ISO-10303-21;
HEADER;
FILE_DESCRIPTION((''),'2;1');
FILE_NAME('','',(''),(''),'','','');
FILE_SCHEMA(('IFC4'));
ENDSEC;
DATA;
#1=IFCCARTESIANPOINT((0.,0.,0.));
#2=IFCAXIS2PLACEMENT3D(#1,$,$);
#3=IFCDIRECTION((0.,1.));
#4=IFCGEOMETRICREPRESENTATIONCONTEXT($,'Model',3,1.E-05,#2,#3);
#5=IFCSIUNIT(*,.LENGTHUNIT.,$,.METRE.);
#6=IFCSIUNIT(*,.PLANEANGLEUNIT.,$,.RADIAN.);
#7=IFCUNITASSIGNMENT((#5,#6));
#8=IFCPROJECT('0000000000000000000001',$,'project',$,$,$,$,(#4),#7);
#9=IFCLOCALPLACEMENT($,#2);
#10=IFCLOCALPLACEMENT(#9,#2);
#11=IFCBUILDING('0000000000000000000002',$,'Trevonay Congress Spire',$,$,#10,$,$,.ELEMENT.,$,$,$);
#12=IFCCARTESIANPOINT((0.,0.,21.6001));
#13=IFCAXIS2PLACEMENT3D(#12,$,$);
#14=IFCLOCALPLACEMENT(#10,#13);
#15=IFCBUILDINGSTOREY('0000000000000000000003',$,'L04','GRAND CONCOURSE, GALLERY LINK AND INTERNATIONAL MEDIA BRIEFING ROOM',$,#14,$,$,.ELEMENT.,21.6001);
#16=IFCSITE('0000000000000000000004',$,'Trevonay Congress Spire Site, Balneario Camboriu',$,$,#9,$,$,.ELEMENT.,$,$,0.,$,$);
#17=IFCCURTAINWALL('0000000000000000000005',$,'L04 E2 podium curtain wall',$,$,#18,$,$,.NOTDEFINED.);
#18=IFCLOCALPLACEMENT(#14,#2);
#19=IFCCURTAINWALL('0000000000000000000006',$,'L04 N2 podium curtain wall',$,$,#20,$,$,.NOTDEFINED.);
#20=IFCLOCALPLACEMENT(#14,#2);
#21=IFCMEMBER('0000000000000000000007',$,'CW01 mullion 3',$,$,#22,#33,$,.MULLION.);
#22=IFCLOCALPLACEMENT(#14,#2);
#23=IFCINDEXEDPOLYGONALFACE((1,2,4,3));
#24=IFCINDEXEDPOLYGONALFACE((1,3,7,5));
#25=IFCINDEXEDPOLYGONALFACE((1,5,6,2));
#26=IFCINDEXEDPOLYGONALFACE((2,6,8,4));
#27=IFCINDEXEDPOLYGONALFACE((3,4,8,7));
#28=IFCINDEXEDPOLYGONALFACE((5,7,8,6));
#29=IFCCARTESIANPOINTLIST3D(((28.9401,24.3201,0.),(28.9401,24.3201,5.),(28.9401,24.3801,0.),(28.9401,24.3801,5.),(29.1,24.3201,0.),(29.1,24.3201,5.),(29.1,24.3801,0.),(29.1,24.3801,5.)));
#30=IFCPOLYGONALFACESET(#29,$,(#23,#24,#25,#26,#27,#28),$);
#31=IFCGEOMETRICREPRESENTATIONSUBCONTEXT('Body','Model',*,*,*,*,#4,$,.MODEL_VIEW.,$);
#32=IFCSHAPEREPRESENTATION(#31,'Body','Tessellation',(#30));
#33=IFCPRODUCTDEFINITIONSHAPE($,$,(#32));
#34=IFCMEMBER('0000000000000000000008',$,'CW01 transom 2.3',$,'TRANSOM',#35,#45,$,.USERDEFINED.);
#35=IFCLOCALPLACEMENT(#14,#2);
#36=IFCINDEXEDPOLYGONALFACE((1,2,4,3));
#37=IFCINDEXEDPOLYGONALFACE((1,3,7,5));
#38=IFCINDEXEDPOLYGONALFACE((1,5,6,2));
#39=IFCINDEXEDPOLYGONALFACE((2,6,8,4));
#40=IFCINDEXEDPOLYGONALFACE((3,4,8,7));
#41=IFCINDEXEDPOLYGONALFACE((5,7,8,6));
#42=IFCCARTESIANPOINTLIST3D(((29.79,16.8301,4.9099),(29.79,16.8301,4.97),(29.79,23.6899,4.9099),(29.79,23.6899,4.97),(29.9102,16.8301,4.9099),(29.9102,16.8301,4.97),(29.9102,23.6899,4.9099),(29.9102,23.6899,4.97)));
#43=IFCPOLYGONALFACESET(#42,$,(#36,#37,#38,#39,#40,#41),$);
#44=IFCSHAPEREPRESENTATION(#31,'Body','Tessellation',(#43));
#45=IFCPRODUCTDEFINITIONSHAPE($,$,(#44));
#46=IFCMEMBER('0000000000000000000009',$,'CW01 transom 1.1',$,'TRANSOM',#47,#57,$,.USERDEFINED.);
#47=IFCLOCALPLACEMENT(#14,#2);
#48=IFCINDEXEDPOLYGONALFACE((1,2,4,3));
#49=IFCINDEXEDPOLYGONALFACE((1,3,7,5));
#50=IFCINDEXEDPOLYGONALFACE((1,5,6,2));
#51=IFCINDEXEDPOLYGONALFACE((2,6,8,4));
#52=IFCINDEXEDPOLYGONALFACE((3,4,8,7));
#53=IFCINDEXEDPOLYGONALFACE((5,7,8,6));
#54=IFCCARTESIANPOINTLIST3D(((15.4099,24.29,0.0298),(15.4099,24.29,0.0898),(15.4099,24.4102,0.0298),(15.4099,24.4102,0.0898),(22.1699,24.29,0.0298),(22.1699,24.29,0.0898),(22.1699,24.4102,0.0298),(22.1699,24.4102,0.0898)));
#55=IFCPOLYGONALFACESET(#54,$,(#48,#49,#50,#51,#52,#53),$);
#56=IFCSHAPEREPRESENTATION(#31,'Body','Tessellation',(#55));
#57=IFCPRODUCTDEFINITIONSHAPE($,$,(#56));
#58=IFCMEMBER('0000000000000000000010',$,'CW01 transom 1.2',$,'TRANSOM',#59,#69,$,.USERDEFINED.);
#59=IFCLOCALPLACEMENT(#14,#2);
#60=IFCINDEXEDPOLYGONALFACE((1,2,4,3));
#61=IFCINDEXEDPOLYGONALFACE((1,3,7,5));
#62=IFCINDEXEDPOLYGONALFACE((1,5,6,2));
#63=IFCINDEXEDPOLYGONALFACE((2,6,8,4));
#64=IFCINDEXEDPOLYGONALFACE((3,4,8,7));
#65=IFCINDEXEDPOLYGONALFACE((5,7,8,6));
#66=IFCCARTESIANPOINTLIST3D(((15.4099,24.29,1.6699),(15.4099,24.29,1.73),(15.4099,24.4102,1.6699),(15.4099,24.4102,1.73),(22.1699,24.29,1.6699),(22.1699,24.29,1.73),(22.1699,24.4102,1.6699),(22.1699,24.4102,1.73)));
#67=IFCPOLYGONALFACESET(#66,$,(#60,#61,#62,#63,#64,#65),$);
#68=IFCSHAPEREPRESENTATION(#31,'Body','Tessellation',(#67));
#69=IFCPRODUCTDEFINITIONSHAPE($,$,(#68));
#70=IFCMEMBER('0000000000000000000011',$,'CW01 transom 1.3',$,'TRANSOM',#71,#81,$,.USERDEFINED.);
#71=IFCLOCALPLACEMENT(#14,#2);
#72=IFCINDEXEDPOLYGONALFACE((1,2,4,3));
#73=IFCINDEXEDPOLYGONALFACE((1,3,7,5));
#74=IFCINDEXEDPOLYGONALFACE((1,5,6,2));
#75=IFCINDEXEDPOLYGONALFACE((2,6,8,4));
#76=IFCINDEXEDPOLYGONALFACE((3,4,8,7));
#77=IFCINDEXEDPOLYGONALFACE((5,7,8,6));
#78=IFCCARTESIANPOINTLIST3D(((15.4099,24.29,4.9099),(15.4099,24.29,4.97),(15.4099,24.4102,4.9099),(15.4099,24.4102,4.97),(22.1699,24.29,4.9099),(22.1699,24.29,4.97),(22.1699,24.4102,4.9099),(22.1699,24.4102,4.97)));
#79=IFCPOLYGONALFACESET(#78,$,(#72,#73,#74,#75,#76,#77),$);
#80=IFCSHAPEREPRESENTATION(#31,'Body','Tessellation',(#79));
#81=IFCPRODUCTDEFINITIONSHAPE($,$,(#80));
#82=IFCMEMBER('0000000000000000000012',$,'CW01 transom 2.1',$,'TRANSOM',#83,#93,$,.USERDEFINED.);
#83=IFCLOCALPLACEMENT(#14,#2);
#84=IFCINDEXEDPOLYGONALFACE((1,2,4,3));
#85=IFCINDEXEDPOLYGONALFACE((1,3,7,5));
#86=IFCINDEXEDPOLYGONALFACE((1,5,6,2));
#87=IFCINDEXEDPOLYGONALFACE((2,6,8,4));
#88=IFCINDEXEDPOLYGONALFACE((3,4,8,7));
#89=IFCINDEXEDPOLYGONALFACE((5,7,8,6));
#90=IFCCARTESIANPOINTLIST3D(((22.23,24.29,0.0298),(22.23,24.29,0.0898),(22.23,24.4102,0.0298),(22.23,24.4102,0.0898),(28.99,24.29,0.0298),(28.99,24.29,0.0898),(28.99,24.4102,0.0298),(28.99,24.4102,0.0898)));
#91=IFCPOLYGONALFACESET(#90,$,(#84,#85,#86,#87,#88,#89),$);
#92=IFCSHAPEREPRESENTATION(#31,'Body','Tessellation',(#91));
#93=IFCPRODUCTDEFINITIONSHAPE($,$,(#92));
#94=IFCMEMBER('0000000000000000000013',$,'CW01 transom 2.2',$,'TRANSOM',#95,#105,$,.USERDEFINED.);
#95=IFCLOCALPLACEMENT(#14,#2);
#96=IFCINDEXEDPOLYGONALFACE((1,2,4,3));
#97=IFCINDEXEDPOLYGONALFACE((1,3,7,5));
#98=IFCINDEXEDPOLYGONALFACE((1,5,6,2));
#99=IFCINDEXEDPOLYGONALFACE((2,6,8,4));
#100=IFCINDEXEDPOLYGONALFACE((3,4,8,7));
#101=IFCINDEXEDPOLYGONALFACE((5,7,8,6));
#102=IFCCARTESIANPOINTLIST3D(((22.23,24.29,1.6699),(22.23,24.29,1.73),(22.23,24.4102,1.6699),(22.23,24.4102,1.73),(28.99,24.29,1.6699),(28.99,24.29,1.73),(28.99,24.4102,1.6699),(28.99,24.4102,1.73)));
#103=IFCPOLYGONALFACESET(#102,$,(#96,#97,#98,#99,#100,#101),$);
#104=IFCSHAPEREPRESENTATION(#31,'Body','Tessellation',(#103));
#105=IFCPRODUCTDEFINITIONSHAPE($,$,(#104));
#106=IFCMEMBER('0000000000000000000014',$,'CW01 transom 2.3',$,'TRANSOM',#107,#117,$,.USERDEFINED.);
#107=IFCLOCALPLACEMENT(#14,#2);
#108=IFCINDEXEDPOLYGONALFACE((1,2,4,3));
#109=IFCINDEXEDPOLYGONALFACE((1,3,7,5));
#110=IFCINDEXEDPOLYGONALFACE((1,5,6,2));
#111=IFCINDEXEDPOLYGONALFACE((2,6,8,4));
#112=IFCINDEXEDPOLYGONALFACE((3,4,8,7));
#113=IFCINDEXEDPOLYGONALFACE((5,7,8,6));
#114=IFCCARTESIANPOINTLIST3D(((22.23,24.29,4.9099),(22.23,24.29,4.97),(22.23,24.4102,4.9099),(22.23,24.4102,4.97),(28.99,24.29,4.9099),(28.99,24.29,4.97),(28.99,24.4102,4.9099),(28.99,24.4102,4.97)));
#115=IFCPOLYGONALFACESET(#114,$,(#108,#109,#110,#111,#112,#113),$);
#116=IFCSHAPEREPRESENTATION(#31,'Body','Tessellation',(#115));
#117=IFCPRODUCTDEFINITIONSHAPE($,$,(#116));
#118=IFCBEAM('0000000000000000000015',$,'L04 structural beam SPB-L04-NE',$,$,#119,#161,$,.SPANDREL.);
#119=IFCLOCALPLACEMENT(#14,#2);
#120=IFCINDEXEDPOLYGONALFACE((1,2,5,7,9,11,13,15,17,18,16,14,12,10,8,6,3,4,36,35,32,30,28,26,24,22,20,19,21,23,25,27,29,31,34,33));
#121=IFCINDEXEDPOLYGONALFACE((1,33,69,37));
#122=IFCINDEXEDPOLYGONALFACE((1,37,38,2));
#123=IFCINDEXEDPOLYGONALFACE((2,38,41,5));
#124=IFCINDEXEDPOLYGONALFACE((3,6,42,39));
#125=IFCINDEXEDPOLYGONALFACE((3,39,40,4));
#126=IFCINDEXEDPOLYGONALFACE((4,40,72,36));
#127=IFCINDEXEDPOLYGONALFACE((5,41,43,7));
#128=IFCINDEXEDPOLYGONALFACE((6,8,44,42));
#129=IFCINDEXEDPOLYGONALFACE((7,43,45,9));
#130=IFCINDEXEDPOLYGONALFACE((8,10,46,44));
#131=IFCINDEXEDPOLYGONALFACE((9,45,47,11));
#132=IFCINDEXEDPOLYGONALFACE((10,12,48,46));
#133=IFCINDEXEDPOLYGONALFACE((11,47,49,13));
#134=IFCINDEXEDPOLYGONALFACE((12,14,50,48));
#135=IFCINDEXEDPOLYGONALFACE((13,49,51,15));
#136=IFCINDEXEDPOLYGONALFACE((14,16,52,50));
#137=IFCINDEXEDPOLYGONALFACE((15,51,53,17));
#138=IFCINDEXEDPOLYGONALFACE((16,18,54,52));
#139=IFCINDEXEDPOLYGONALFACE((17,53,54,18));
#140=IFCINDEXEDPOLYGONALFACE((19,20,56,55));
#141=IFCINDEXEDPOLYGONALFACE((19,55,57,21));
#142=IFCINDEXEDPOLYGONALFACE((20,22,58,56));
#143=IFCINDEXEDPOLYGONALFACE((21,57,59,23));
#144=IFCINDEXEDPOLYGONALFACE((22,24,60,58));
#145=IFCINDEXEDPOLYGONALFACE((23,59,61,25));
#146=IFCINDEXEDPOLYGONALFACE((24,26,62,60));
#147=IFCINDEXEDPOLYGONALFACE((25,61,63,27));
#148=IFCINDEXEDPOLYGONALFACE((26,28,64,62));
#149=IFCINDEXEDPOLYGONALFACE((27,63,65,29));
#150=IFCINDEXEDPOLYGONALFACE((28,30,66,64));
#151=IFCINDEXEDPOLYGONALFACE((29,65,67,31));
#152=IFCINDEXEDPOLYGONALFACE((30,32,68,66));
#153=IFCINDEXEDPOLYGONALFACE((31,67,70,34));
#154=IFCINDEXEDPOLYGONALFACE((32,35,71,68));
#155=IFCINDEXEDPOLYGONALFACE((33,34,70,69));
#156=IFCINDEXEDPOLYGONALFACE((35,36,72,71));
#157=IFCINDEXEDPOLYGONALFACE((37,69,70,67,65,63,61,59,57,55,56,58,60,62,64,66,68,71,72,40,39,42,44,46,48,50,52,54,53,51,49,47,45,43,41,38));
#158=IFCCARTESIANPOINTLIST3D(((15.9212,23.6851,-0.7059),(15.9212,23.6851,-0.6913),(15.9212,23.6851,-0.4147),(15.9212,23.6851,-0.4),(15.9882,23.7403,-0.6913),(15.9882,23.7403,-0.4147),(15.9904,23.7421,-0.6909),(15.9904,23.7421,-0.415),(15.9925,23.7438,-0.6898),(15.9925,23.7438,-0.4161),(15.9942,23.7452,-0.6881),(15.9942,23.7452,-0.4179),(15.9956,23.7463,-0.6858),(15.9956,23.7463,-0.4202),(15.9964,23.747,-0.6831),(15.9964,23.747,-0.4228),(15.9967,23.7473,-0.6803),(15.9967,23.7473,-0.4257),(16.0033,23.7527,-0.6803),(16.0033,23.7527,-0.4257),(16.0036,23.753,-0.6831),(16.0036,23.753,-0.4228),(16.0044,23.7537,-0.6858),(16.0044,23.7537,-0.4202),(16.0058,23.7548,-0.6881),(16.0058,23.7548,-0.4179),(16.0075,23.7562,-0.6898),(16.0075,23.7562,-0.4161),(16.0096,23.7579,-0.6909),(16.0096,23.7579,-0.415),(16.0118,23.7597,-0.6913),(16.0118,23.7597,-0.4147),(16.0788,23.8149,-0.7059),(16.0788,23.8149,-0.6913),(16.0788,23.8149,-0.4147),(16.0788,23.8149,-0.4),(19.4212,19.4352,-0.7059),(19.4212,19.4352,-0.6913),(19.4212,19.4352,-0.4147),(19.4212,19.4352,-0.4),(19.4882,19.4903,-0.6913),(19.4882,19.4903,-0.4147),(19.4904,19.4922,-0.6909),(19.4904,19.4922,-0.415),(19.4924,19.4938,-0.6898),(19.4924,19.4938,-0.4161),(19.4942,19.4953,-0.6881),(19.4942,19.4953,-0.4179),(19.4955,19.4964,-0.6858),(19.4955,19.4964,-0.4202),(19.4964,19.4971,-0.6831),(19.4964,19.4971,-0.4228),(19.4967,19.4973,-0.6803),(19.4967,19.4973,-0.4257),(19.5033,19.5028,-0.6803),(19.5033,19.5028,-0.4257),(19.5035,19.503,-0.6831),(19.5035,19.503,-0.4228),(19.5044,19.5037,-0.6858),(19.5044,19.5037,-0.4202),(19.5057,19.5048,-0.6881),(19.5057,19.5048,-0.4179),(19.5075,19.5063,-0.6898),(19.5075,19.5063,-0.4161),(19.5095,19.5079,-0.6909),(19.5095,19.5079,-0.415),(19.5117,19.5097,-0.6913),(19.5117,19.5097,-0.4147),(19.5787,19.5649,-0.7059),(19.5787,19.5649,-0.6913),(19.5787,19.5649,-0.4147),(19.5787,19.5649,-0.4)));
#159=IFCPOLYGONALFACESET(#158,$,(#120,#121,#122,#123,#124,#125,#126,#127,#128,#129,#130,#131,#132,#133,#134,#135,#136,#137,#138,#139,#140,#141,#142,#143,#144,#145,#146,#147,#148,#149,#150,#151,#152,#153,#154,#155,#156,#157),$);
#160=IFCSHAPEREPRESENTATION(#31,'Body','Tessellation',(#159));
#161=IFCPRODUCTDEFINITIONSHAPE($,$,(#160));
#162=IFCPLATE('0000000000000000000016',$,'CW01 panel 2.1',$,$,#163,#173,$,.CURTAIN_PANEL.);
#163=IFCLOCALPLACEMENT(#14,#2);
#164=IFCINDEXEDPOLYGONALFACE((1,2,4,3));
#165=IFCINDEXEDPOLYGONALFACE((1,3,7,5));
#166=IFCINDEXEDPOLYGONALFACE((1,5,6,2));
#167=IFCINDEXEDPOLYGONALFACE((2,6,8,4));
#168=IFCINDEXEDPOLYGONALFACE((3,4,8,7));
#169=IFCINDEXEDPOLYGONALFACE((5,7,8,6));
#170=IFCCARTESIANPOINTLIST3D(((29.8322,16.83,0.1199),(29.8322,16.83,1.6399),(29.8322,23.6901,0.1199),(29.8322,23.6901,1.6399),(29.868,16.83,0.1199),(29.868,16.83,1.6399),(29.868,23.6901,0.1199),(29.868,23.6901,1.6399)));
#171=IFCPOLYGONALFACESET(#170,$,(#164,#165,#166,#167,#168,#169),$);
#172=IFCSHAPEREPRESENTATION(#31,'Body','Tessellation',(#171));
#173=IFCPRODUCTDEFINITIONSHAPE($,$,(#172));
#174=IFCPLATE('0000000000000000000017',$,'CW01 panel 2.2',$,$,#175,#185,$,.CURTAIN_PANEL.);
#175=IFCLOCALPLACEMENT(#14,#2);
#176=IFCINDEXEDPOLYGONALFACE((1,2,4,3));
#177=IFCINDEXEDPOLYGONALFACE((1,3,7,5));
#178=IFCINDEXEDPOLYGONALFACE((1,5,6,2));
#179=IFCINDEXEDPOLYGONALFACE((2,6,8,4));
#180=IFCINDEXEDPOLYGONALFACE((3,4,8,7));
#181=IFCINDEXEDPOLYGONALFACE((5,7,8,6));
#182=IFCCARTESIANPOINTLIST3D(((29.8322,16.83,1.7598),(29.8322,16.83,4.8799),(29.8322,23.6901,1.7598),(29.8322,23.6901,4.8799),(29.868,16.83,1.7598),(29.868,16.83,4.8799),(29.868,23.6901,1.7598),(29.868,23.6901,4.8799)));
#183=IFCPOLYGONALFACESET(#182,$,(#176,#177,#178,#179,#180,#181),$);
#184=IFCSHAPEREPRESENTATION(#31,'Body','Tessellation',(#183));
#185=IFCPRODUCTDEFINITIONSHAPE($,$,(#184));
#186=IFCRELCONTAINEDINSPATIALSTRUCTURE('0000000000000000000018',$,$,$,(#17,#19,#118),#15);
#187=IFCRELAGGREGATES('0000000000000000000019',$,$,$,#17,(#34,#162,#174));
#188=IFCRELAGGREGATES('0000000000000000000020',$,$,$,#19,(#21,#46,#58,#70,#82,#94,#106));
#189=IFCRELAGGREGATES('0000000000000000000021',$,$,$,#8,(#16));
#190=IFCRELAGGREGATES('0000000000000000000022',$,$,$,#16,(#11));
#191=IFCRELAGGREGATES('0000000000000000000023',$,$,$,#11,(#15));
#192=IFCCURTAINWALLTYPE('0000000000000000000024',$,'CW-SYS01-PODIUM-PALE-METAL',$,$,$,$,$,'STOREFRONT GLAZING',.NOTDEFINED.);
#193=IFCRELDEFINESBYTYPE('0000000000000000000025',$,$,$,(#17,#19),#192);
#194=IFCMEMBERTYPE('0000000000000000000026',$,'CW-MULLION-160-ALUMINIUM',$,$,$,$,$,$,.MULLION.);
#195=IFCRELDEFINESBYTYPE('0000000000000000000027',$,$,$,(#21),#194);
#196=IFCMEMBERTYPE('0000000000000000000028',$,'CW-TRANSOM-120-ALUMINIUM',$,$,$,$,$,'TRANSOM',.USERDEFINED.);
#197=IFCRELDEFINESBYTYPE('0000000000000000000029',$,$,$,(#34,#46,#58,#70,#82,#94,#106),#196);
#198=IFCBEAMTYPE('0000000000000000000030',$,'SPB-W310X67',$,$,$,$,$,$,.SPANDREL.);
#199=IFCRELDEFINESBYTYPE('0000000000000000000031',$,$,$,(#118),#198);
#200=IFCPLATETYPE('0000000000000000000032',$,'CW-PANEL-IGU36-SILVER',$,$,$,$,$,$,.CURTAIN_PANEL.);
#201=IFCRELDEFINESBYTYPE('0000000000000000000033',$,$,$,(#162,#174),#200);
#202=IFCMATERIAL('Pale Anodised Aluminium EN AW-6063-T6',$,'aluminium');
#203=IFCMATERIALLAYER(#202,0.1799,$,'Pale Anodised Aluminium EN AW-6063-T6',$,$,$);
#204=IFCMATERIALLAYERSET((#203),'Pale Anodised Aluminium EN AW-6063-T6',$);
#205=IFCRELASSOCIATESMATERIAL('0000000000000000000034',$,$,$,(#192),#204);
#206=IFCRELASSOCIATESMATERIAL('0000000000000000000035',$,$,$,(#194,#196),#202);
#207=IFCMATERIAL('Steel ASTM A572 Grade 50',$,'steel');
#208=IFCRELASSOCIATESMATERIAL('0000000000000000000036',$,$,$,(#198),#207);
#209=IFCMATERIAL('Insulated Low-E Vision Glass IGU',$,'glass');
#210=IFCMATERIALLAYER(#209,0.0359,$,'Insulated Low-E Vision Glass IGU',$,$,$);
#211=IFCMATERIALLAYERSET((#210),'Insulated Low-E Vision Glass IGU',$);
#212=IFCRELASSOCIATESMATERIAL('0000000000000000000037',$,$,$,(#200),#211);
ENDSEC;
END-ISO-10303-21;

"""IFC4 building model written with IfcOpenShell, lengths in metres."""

from ifc_helpers import new_model, si_unit, direction, frame, origin, origin_2d, place, context, subcontext, project, spatial, rectangle, i_section, extrude, material, layer, layer_set, material_profile, profile_set, type_object, element, aggregate, save


model = new_model("IFC4")

# Units and contexts
model_context = context("Model", 3, precision=1e-05, world=origin(), true_north=direction((0.0, 1.0)))
body_context = subcontext(model_context, "Body", "Model", "MODEL_VIEW")
ifc_project = project(units=[si_unit("LENGTHUNIT", "METRE"), si_unit("PLANEANGLEUNIT", "RADIAN")], contexts=[model_context])

# Site, building, storey
site_placement = place(None, origin())
site = spatial("IfcSite", under=ifc_project, at=site_placement, Name="Trevonay Congress Spire Site, Balneario Camboriu", CompositionType="ELEMENT", RefElevation=0.0)
building_placement = place(site_placement, origin())
building = spatial("IfcBuilding", under=site, at=building_placement, Name="Trevonay Congress Spire", CompositionType="ELEMENT")
storey_placement = place(building_placement, frame((0.0, 0.0, 21.6001)))
storey = spatial("IfcBuildingStorey", under=building, at=storey_placement, Name="L04", Description="GRAND CONCOURSE, GALLERY LINK AND INTERNATIONAL MEDIA BRIEFING ROOM", CompositionType="ELEMENT", Elevation=21.6001)

# Shared definitions
ifc_material_1 = material(Name="Steel ASTM A572 Grade 50", Category="steel")

# Curtain wall
ifc_material_2 = material(Name="Pale Anodised Aluminium EN AW-6063-T6", Category="aluminium")
ifc_layer_1 = layer(ifc_material_2, 0.1799, Name="Pale Anodised Aluminium EN AW-6063-T6")
ifc_layer_set_1 = layer_set([ifc_layer_1], Name="Pale Anodised Aluminium EN AW-6063-T6")
curtain_wall_type = type_object("IfcCurtainWallType", Name="CW-SYS01-PODIUM-PALE-METAL", ElementType="STOREFRONT GLAZING", PredefinedType="NOTDEFINED", material=ifc_layer_set_1)
curtain_wall_1_placement = place(storey_placement, origin())
curtain_wall_1 = element("IfcCurtainWall", 1, at=curtain_wall_1_placement, inside=storey, type_object=curtain_wall_type, Name="L04 E2 podium curtain wall", PredefinedType="NOTDEFINED")
ifc_material_profile_1 = material_profile(ifc_material_2, rectangle(XDim=0.0601, YDim=0.1599, at=origin_2d()), Name="CW-MULLION-160-ALUMINIUM")
ifc_profile_set_1 = profile_set([ifc_material_profile_1], Name="Pale Anodised Aluminium EN AW-6063-T6")
member_type_1 = type_object("IfcMemberType", Name="CW-MULLION-160-ALUMINIUM", PredefinedType="MULLION", material=ifc_profile_set_1)

# Curtain wall, member
curtain_wall_2_placement = place(storey_placement, origin())
curtain_wall_2 = element("IfcCurtainWall", 2, at=curtain_wall_2_placement, inside=storey, type_object=curtain_wall_type, Name="L04 N2 podium curtain wall", PredefinedType="NOTDEFINED")
member_1_placement = place(storey_placement, frame((29.02, 24.3501, 0.0), z_axis=(0.0, 0.0, 1.0), x_axis=(0.0, 1.0, 0.0)))
member_1 = element("IfcMember", 3, at=member_1_placement, type_object=member_type_1, Name="CW01 mullion 3", PredefinedType="MULLION", context=body_context, shape_type="SweptSolid", body=[
    extrude(rectangle(XDim=0.0601, YDim=0.1599, at=origin_2d()), origin(), (0.0, 0.0, 1.0), 5.0),
])

# Members
ifc_material_profile_2 = material_profile(ifc_material_2, rectangle(XDim=0.1201, YDim=0.0601, at=origin_2d()), Name="CW-TRANSOM-120-ALUMINIUM")
ifc_profile_set_2 = profile_set([ifc_material_profile_2], Name="Pale Anodised Aluminium EN AW-6063-T6")
member_type_2 = type_object("IfcMemberType", Name="CW-TRANSOM-120-ALUMINIUM", ElementType="TRANSOM", PredefinedType="USERDEFINED", material=ifc_profile_set_2)
member_2_placement = place(storey_placement, frame((29.8501, 16.8301, 4.9399), z_axis=(0.0, 1.0, 0.0), x_axis=(-1.0, 0.0, 0.0)))
member_2 = element("IfcMember", 4, at=member_2_placement, type_object=member_type_2, Name="CW01 transom 2.3", ObjectType="TRANSOM", PredefinedType="USERDEFINED", context=body_context, shape_type="SweptSolid", body=[
    extrude(rectangle(XDim=0.1201, YDim=0.0601, at=origin_2d()), origin(), (0.0, 0.0, 1.0), 6.8599),
])
member_3_placement = place(storey_placement, frame((15.4099, 24.3501, 0.0598), z_axis=(1.0, 0.0, 0.0), x_axis=(0.0, 1.0, 0.0)))
member_3 = element("IfcMember", 5, at=member_3_placement, type_object=member_type_2, Name="CW01 transom 1.1", ObjectType="TRANSOM", PredefinedType="USERDEFINED", context=body_context, shape_type="SweptSolid", body=[
    extrude(rectangle(XDim=0.1201, YDim=0.0601, at=origin_2d()), origin(), (0.0, 0.0, 1.0), 6.76),
])
member_4_placement = place(storey_placement, frame((15.4099, 24.3501, 1.7), z_axis=(1.0, 0.0, 0.0), x_axis=(0.0, 1.0, 0.0)))
member_4 = element("IfcMember", 6, at=member_4_placement, type_object=member_type_2, Name="CW01 transom 1.2", ObjectType="TRANSOM", PredefinedType="USERDEFINED", context=body_context, shape_type="SweptSolid", body=[
    extrude(rectangle(XDim=0.1201, YDim=0.0601, at=origin_2d()), origin(), (0.0, 0.0, 1.0), 6.76),
])
member_5_placement = place(storey_placement, frame((15.4099, 24.3501, 4.9399), z_axis=(1.0, 0.0, 0.0), x_axis=(0.0, 1.0, 0.0)))
member_5 = element("IfcMember", 7, at=member_5_placement, type_object=member_type_2, Name="CW01 transom 1.3", ObjectType="TRANSOM", PredefinedType="USERDEFINED", context=body_context, shape_type="SweptSolid", body=[
    extrude(rectangle(XDim=0.1201, YDim=0.0601, at=origin_2d()), origin(), (0.0, 0.0, 1.0), 6.76),
])
member_6_placement = place(storey_placement, frame((22.23, 24.3501, 0.0598), z_axis=(1.0, 0.0, 0.0), x_axis=(0.0, 1.0, 0.0)))
member_6 = element("IfcMember", 8, at=member_6_placement, type_object=member_type_2, Name="CW01 transom 2.1", ObjectType="TRANSOM", PredefinedType="USERDEFINED", context=body_context, shape_type="SweptSolid", body=[
    extrude(rectangle(XDim=0.1201, YDim=0.0601, at=origin_2d()), origin(), (0.0, 0.0, 1.0), 6.76),
])
member_7_placement = place(storey_placement, frame((22.23, 24.3501, 1.7), z_axis=(1.0, 0.0, 0.0), x_axis=(0.0, 1.0, 0.0)))
member_7 = element("IfcMember", 9, at=member_7_placement, type_object=member_type_2, Name="CW01 transom 2.2", ObjectType="TRANSOM", PredefinedType="USERDEFINED", context=body_context, shape_type="SweptSolid", body=[
    extrude(rectangle(XDim=0.1201, YDim=0.0601, at=origin_2d()), origin(), (0.0, 0.0, 1.0), 6.76),
])
member_8_placement = place(storey_placement, frame((22.23, 24.3501, 4.9399), z_axis=(1.0, 0.0, 0.0), x_axis=(0.0, 1.0, 0.0)))
member_8 = element("IfcMember", 10, at=member_8_placement, type_object=member_type_2, Name="CW01 transom 2.3", ObjectType="TRANSOM", PredefinedType="USERDEFINED", context=body_context, shape_type="SweptSolid", body=[
    extrude(rectangle(XDim=0.1201, YDim=0.0601, at=origin_2d()), origin(), (0.0, 0.0, 1.0), 6.76),
])

# Beam
ifc_material_profile_3 = material_profile(ifc_material_1, i_section(OverallWidth=0.2041, OverallDepth=0.3059, WebThickness=0.0085, FlangeThickness=0.0146, FilletRadius=0.011, at=origin_2d()), Name="W310x67")
ifc_profile_set_3 = profile_set([ifc_material_profile_3], Name="Steel ASTM A572 Grade 50")
beam_type_1 = type_object("IfcBeamType", Name="SPB-W310X67", PredefinedType="SPANDREL", material=ifc_profile_set_3)
beam_placement = place(storey_placement, frame((16.0, 23.75, -0.553), z_axis=(0.635707, -0.77193, 0.0), x_axis=(0.77193, 0.635707, 0.0)))
element("IfcBeam", 11, at=beam_placement, inside=storey, type_object=beam_type_1, Name="L04 structural beam SPB-L04-NE", PredefinedType="SPANDREL", context=body_context, shape_type="SweptSolid", body=[
    extrude(i_section(OverallWidth=0.2041, OverallDepth=0.3059, WebThickness=0.0085, FlangeThickness=0.0146, FilletRadius=0.011, at=origin_2d()), origin(), (0.0, 0.0, 1.0), 5.5056),
])

# Plates
ifc_material_3 = material(Name="Insulated Low-E Vision Glass IGU", Category="glass")
ifc_layer_2 = layer(ifc_material_3, 0.0359, Name="Insulated Low-E Vision Glass IGU")
ifc_layer_set_2 = layer_set([ifc_layer_2], Name="Insulated Low-E Vision Glass IGU")
plate_type = type_object("IfcPlateType", Name="CW-PANEL-IGU36-SILVER", PredefinedType="CURTAIN_PANEL", material=ifc_layer_set_2)
plate_1_placement = place(storey_placement, frame((29.8501, 20.26, 0.1199), z_axis=(0.0, 0.0, 1.0), x_axis=(0.0, 1.0, 0.0)))
plate_1 = element("IfcPlate", 12, at=plate_1_placement, type_object=plate_type, Name="CW01 panel 2.1", PredefinedType="CURTAIN_PANEL", context=body_context, shape_type="SweptSolid", body=[
    extrude(rectangle(XDim=6.8601, YDim=0.0359, at=origin_2d()), origin(), (0.0, 0.0, 1.0), 1.52),
])
plate_2_placement = place(storey_placement, frame((29.8501, 20.26, 1.7598), z_axis=(0.0, 0.0, 1.0), x_axis=(0.0, 1.0, 0.0)))
plate_2 = element("IfcPlate", 13, at=plate_2_placement, type_object=plate_type, Name="CW01 panel 2.2", PredefinedType="CURTAIN_PANEL", context=body_context, shape_type="SweptSolid", body=[
    extrude(rectangle(XDim=6.8601, YDim=0.0359, at=origin_2d()), origin(), (0.0, 0.0, 1.0), 3.1201),
])
aggregate(curtain_wall_1, [member_2, plate_1, plate_2])
aggregate(curtain_wall_2, [member_1, member_3, member_4, member_5, member_6, member_7, member_8])

save(model, "model.ifc")
